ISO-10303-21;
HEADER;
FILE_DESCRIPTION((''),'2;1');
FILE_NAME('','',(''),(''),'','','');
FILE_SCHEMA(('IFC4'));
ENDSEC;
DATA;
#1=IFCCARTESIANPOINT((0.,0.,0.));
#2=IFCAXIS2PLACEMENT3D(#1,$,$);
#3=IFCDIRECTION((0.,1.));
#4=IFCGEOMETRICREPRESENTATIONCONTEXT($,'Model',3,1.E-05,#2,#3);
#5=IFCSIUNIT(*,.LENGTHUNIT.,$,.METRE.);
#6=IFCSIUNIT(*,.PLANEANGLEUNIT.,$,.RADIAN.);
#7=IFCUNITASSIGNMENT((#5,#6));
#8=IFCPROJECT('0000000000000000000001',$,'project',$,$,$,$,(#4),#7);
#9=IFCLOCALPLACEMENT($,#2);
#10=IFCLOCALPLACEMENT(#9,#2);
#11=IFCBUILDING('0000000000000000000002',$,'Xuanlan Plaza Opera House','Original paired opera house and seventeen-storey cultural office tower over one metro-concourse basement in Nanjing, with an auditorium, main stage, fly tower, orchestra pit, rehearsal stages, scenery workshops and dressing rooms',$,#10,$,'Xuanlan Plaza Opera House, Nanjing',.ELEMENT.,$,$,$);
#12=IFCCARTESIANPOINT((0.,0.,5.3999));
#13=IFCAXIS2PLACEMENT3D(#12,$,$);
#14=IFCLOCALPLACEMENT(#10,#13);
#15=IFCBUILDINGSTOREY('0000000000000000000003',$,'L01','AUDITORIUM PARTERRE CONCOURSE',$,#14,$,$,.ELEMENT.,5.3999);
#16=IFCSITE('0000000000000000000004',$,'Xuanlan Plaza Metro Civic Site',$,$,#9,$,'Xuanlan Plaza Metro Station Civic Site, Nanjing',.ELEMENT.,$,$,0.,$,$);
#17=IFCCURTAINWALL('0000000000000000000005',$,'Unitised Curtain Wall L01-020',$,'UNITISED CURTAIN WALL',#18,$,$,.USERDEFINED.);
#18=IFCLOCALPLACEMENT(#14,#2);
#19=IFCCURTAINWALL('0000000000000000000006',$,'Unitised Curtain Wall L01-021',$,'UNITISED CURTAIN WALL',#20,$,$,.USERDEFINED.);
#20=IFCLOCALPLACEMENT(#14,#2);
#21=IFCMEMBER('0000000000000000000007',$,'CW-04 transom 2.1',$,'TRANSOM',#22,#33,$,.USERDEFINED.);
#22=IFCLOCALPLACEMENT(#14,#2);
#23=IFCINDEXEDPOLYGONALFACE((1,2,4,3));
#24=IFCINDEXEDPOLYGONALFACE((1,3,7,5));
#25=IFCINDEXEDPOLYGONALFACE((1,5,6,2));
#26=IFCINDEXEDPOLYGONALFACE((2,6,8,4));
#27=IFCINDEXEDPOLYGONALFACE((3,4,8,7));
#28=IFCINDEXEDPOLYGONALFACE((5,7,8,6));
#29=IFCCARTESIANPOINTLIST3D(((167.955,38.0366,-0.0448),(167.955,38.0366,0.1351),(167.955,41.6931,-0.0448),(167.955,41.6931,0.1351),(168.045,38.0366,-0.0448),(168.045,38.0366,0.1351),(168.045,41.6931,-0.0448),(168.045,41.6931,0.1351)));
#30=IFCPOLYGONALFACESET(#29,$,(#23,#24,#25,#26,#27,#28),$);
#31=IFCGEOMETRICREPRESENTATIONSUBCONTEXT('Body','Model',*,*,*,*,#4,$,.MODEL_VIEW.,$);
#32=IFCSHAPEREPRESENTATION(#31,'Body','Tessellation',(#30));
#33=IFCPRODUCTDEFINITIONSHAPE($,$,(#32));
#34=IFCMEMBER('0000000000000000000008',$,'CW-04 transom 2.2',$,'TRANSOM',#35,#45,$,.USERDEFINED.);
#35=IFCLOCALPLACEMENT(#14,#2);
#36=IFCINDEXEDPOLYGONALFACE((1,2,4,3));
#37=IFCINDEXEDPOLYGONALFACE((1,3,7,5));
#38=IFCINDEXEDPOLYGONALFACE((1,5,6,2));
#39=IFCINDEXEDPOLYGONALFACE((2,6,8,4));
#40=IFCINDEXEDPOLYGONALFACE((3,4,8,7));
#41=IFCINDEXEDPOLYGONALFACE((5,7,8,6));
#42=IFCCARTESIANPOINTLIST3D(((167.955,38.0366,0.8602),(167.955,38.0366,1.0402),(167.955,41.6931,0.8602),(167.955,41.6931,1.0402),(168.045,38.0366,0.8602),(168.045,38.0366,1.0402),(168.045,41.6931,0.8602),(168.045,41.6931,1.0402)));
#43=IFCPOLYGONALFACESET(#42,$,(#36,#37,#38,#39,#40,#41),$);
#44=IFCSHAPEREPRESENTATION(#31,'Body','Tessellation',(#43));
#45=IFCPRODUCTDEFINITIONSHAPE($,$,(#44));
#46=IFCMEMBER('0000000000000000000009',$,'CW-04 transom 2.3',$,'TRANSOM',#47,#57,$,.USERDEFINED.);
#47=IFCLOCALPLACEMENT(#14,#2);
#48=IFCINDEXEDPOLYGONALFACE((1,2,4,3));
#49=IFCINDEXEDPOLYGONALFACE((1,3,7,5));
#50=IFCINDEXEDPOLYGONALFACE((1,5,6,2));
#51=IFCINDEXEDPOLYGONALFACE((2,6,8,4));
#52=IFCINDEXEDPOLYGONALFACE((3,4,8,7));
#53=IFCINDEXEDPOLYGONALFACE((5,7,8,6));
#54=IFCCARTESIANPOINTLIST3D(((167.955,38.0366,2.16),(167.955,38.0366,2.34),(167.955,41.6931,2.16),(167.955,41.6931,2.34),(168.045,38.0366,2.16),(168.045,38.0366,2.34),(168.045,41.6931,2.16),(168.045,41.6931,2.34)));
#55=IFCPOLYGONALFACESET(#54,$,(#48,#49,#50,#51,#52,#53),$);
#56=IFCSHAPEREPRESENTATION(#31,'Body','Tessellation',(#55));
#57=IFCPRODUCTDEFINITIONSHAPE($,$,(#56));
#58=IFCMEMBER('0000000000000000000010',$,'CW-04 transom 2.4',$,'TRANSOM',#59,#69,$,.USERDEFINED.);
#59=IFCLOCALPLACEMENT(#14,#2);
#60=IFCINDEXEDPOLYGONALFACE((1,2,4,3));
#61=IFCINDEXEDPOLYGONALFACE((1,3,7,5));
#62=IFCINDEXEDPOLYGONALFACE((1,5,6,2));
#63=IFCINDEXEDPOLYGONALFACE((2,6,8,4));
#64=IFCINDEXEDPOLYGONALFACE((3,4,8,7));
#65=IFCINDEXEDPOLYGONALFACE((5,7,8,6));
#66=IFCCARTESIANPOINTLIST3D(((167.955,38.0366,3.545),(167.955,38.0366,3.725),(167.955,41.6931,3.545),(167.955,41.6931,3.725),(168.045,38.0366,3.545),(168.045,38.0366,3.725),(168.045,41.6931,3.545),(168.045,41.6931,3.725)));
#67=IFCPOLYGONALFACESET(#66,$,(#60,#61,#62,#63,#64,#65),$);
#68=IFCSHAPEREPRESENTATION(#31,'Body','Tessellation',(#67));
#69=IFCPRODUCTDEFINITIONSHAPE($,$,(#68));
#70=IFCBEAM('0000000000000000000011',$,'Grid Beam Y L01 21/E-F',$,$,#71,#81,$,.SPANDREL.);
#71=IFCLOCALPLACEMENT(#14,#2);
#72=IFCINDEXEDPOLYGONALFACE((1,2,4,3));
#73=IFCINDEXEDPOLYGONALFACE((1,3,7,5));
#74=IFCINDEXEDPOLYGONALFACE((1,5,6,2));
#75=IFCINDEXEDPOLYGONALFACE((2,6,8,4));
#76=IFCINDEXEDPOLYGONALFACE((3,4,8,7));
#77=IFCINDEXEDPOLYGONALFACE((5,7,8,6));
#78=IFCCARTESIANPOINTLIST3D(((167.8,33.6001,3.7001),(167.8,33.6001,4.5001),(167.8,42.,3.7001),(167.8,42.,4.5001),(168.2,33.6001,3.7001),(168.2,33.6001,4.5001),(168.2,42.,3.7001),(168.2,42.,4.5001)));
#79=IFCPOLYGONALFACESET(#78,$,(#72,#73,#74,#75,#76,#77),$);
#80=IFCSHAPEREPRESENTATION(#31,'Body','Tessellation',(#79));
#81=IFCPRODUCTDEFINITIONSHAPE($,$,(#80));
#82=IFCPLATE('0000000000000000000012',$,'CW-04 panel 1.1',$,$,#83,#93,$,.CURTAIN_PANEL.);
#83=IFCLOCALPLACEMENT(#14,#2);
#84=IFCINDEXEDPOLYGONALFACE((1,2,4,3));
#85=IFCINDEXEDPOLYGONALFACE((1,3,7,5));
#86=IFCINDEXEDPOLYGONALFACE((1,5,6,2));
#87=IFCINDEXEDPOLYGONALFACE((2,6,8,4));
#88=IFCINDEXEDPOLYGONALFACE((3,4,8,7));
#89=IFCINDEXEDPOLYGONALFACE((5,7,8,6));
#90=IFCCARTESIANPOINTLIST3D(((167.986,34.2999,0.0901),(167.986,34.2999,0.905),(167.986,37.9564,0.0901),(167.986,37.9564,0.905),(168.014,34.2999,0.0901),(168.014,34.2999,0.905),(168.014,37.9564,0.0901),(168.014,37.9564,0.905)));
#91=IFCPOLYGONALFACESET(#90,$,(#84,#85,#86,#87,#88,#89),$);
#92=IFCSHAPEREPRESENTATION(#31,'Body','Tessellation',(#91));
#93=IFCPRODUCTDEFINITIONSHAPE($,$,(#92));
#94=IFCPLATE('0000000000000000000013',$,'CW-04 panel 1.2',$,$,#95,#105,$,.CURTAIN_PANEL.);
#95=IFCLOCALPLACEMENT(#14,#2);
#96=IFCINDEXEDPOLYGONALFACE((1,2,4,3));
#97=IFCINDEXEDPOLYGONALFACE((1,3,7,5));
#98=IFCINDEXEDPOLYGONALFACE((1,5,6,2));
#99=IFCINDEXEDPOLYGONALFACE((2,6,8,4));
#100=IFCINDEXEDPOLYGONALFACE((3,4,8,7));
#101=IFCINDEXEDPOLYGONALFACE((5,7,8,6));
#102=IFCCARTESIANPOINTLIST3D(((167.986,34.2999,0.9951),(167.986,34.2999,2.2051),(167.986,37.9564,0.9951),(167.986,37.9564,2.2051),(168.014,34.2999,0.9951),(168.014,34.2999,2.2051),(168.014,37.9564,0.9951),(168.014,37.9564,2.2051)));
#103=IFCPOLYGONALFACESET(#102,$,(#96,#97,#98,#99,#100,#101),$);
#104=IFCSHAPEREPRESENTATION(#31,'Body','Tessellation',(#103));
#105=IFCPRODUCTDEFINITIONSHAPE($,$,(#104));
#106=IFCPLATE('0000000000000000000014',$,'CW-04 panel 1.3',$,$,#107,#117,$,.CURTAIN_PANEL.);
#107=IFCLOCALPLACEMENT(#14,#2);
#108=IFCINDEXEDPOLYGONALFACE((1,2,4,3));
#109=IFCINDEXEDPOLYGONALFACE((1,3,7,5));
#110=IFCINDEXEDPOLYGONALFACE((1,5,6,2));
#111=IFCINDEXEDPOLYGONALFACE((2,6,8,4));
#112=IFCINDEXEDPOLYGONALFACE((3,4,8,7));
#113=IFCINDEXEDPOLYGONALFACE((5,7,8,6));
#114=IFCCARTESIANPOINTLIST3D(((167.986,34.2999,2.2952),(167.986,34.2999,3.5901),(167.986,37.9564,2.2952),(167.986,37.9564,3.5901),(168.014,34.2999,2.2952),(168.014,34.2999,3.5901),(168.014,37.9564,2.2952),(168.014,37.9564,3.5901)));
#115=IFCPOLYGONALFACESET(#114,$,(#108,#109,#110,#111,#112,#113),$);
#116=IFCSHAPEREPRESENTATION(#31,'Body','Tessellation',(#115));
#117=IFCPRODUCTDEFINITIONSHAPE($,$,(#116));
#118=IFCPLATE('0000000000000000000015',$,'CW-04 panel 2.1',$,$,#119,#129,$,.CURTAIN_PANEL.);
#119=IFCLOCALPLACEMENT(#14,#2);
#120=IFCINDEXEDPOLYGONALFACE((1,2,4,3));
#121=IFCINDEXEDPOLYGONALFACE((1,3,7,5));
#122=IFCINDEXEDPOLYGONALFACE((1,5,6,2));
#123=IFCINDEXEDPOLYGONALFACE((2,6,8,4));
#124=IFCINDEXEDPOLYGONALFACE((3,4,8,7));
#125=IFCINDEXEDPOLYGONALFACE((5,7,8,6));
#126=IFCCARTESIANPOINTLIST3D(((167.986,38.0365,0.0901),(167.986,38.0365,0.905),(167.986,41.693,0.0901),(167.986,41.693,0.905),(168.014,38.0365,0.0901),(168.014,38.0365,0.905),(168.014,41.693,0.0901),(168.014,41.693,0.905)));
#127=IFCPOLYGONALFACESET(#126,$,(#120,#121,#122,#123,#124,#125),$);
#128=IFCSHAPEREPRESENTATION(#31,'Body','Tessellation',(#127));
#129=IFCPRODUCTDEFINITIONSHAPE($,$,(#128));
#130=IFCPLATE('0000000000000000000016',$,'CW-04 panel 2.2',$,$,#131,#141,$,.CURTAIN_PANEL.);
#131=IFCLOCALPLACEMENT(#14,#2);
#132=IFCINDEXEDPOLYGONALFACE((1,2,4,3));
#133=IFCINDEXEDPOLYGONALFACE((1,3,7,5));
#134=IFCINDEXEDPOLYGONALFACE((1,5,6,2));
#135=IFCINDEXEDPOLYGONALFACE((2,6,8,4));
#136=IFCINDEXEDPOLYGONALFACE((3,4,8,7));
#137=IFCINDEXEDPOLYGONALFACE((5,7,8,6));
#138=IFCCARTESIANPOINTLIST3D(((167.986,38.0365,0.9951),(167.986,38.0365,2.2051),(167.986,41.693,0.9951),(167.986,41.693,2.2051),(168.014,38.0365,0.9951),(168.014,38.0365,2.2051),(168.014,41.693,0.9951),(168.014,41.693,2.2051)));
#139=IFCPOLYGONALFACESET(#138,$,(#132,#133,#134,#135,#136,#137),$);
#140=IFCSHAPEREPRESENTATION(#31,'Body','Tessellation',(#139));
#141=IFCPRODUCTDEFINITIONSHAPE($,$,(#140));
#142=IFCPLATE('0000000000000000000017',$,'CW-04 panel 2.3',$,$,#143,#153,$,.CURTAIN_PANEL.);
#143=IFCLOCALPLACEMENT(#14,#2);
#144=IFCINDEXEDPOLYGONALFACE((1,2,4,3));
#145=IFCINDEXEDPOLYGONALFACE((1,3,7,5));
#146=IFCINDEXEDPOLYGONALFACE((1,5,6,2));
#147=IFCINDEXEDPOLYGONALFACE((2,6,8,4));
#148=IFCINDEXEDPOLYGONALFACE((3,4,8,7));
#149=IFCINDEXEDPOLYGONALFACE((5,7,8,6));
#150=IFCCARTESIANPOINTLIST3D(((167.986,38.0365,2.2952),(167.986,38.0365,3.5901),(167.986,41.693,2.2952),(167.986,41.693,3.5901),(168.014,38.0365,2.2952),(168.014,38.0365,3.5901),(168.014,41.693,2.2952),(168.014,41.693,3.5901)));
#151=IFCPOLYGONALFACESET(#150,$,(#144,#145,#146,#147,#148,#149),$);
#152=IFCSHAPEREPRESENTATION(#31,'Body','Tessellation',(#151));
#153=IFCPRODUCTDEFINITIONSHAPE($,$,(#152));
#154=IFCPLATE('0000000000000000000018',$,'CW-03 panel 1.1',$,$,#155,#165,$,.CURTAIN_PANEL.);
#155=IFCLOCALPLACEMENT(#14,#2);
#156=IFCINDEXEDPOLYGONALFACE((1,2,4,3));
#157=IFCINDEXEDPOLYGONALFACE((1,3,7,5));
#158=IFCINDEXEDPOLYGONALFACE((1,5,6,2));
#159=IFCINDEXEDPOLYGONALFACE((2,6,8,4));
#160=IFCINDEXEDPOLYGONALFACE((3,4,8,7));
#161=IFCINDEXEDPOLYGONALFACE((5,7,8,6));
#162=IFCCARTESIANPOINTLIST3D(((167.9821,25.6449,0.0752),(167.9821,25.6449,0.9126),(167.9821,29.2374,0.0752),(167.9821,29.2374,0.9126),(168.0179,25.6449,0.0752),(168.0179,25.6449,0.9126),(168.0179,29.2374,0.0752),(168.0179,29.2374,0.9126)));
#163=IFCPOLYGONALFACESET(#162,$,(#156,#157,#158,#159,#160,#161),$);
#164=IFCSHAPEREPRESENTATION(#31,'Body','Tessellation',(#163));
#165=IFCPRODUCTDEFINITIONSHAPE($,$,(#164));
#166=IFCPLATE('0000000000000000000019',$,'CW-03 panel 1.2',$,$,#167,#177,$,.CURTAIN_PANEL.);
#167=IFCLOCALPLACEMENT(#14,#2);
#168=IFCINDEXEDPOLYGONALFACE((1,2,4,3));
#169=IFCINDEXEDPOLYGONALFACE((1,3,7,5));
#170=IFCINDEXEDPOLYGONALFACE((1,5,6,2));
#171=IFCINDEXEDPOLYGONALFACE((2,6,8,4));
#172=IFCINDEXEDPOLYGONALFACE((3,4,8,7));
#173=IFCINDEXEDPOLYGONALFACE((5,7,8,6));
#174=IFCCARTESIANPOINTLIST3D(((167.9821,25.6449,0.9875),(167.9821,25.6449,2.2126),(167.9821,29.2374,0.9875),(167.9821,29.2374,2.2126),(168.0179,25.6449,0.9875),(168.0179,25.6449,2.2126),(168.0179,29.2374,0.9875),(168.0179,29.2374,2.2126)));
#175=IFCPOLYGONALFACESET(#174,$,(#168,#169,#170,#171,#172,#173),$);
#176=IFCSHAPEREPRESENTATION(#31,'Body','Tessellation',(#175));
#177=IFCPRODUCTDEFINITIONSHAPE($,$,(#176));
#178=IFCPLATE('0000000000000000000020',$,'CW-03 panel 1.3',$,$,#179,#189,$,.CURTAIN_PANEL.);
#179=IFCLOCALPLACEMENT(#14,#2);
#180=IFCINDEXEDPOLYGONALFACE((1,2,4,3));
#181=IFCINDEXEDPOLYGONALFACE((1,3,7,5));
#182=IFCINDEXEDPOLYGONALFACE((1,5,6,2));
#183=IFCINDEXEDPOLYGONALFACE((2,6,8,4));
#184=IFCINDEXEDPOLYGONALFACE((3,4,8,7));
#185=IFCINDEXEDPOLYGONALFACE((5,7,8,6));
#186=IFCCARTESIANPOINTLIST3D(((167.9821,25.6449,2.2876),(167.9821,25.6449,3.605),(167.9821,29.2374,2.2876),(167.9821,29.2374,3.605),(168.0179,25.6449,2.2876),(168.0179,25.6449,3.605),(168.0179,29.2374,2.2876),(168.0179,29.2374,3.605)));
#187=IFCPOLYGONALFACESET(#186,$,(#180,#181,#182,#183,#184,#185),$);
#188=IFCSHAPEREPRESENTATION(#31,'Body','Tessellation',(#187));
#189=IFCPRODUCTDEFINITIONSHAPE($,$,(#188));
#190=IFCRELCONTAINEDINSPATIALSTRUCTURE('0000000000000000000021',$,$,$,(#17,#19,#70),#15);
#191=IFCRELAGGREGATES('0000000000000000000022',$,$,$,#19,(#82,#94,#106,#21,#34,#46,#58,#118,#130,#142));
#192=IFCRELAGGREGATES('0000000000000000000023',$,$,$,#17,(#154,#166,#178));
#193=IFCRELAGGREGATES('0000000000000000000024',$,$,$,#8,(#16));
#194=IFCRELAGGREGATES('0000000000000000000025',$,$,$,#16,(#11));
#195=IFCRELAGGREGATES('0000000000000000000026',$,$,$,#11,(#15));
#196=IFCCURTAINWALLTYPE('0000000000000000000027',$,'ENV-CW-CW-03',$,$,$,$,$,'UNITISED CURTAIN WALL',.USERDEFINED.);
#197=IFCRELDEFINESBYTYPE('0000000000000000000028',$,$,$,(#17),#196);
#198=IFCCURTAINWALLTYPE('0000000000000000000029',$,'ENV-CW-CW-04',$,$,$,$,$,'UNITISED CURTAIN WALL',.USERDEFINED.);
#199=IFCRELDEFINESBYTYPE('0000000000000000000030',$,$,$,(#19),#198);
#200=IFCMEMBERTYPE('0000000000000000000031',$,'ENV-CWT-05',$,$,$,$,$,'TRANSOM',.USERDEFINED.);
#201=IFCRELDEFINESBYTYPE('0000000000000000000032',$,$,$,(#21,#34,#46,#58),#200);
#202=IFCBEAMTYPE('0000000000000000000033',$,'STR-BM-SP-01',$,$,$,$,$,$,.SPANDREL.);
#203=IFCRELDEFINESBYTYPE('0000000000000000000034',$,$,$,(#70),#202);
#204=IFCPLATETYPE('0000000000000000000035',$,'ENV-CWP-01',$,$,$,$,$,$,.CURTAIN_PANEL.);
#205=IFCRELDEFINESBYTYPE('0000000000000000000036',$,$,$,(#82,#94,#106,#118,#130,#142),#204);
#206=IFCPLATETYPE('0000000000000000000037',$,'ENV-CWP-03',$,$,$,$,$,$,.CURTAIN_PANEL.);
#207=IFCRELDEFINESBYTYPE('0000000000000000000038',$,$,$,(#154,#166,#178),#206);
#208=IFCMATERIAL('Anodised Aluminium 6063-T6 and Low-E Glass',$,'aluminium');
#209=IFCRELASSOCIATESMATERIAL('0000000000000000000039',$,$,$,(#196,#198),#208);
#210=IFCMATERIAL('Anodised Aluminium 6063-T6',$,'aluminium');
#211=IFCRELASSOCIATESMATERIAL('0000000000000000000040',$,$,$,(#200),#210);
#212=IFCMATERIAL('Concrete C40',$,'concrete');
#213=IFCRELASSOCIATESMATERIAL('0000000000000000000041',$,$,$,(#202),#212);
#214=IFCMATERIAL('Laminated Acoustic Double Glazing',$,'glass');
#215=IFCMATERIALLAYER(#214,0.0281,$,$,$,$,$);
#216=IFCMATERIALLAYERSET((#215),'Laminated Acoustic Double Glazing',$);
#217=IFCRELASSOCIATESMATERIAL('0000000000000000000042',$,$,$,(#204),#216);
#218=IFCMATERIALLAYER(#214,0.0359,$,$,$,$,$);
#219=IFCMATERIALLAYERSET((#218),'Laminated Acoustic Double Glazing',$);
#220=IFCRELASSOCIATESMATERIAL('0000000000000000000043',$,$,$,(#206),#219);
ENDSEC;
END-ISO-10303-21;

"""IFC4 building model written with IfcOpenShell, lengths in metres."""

from ifc_helpers import new_model, si_unit, direction, frame, origin, origin_2d, place, context, subcontext, project, spatial, rectangle, extrude, material, layer, layer_set, material_profile, profile_set, type_object, element, aggregate, save


model = new_model("IFC4")

# Units and contexts
model_context = context("Model", 3, precision=1e-05, world=origin(), true_north=direction((0.0, 1.0)))
body_context = subcontext(model_context, "Body", "Model", "MODEL_VIEW")
ifc_project = project(units=[si_unit("LENGTHUNIT", "METRE"), si_unit("PLANEANGLEUNIT", "RADIAN")], contexts=[model_context])

# Site, building, storey
site_placement = place(None, origin())
site = spatial("IfcSite", under=ifc_project, at=site_placement, Name="Xuanlan Plaza Metro Civic Site", LongName="Xuanlan Plaza Metro Station Civic Site, Nanjing", CompositionType="ELEMENT", RefElevation=0.0)
building_placement = place(site_placement, origin())
building = spatial("IfcBuilding", under=site, at=building_placement, Name="Xuanlan Plaza Opera House", Description="Original paired opera house and seventeen-storey cultural office tower over one metro-concourse basement in Nanjing, with an auditorium, main stage, fly tower, orchestra pit, rehearsal stages, scenery workshops and dressing rooms", LongName="Xuanlan Plaza Opera House, Nanjing", CompositionType="ELEMENT")
storey_placement = place(building_placement, frame((0.0, 0.0, 5.3999)))
storey = spatial("IfcBuildingStorey", under=building, at=storey_placement, Name="L01", Description="AUDITORIUM PARTERRE CONCOURSE", CompositionType="ELEMENT", Elevation=5.3999)

# Curtain walls
ifc_material_1 = material(Name="Anodised Aluminium 6063-T6 and Low-E Glass", Category="aluminium")
curtain_wall_type_1 = type_object("IfcCurtainWallType", Name="ENV-CW-CW-03", ElementType="UNITISED CURTAIN WALL", PredefinedType="USERDEFINED", material=ifc_material_1)
curtain_wall_1_placement = place(storey_placement, origin())
curtain_wall_1 = element("IfcCurtainWall", 1, at=curtain_wall_1_placement, inside=storey, type_object=curtain_wall_type_1, Name="Unitised Curtain Wall L01-020", ObjectType="UNITISED CURTAIN WALL", PredefinedType="USERDEFINED")
ifc_material_2 = material(Name="Anodised Aluminium 6063-T6", Category="aluminium")
curtain_wall_type_2 = type_object("IfcCurtainWallType", Name="ENV-CW-CW-04", ElementType="UNITISED CURTAIN WALL", PredefinedType="USERDEFINED", material=ifc_material_1)
curtain_wall_2_placement = place(storey_placement, origin())
curtain_wall_2 = element("IfcCurtainWall", 2, at=curtain_wall_2_placement, inside=storey, type_object=curtain_wall_type_2, Name="Unitised Curtain Wall L01-021", ObjectType="UNITISED CURTAIN WALL", PredefinedType="USERDEFINED")

# Members
ifc_material_profile_1 = material_profile(ifc_material_2, rectangle(XDim=0.0901, YDim=0.1799, at=origin_2d()), Name="ALU-T 90x180")
ifc_profile_set_1 = profile_set([ifc_material_profile_1], Name="Anodised Aluminium 6063-T6")
member_type_1 = type_object("IfcMemberType", Name="ENV-CWT-05", ElementType="TRANSOM", PredefinedType="USERDEFINED", material=ifc_profile_set_1)
member_1_placement = place(storey_placement, frame((168.0, 38.0366, 0.0452), z_axis=(0.0, 1.0, 0.0), x_axis=(-1.0, 0.0, 0.0)))
member_1 = element("IfcMember", 3, at=member_1_placement, type_object=member_type_1, Name="CW-04 transom 2.1", ObjectType="TRANSOM", PredefinedType="USERDEFINED", context=body_context, shape_type="SweptSolid", body=[
    extrude(rectangle(XDim=0.0901, YDim=0.1799, at=origin_2d()), origin(), (0.0, 0.0, 1.0), 3.6565),
])
member_2_placement = place(storey_placement, frame((168.0, 38.0366, 0.9502), z_axis=(0.0, 1.0, 0.0), x_axis=(-1.0, 0.0, 0.0)))
member_2 = element("IfcMember", 4, at=member_2_placement, type_object=member_type_1, Name="CW-04 transom 2.2", ObjectType="TRANSOM", PredefinedType="USERDEFINED", context=body_context, shape_type="SweptSolid", body=[
    extrude(rectangle(XDim=0.0901, YDim=0.1799, at=origin_2d()), origin(), (0.0, 0.0, 1.0), 3.6565),
])
member_3_placement = place(storey_placement, frame((168.0, 38.0366, 2.25), z_axis=(0.0, 1.0, 0.0), x_axis=(-1.0, 0.0, 0.0)))
member_3 = element("IfcMember", 5, at=member_3_placement, type_object=member_type_1, Name="CW-04 transom 2.3", ObjectType="TRANSOM", PredefinedType="USERDEFINED", context=body_context, shape_type="SweptSolid", body=[
    extrude(rectangle(XDim=0.0901, YDim=0.1799, at=origin_2d()), origin(), (0.0, 0.0, 1.0), 3.6565),
])
member_4_placement = place(storey_placement, frame((168.0, 38.0366, 3.635), z_axis=(0.0, 1.0, 0.0), x_axis=(-1.0, 0.0, 0.0)))
member_4 = element("IfcMember", 6, at=member_4_placement, type_object=member_type_1, Name="CW-04 transom 2.4", ObjectType="TRANSOM", PredefinedType="USERDEFINED", context=body_context, shape_type="SweptSolid", body=[
    extrude(rectangle(XDim=0.0901, YDim=0.1799, at=origin_2d()), origin(), (0.0, 0.0, 1.0), 3.6565),
])

# Beam
ifc_material_3 = material(Name="Concrete C40", Category="concrete")
ifc_material_profile_2 = material_profile(ifc_material_3, rectangle(XDim=0.3999, YDim=0.8, at=origin_2d()), Name="RC-SPD 400x800")
ifc_profile_set_2 = profile_set([ifc_material_profile_2], Name="Concrete C40")
beam_type = type_object("IfcBeamType", Name="STR-BM-SP-01", PredefinedType="SPANDREL", material=ifc_profile_set_2)
beam_placement = place(storey_placement, frame((168.0, 33.6001, 4.1001), z_axis=(0.0, 1.0, 0.0), x_axis=(-1.0, 0.0, 0.0)))
element("IfcBeam", 7, at=beam_placement, inside=storey, type_object=beam_type, Name="Grid Beam Y L01 21/E-F", PredefinedType="SPANDREL", context=body_context, shape_type="SweptSolid", body=[
    extrude(rectangle(XDim=0.3999, YDim=0.8, at=origin_2d()), origin(), (0.0, 0.0, 1.0), 8.3999),
])

# Plates
ifc_material_4 = material(Name="Laminated Acoustic Double Glazing", Category="glass")
ifc_layer_1 = layer(ifc_material_4, 0.0281)
ifc_layer_set_1 = layer_set([ifc_layer_1], Name="Laminated Acoustic Double Glazing")
plate_type_1 = type_object("IfcPlateType", Name="ENV-CWP-01", PredefinedType="CURTAIN_PANEL", material=ifc_layer_set_1)
plate_1_placement = place(storey_placement, frame((168.0, 36.1282, 0.0901), z_axis=(0.0, 0.0, 1.0), x_axis=(0.0, 1.0, 0.0)))
plate_1 = element("IfcPlate", 8, at=plate_1_placement, type_object=plate_type_1, Name="CW-04 panel 1.1", PredefinedType="CURTAIN_PANEL", context=body_context, shape_type="SweptSolid", body=[
    extrude(rectangle(XDim=3.6565, YDim=0.0281, at=origin_2d()), origin(), (0.0, 0.0, 1.0), 0.8149),
])
plate_2_placement = place(storey_placement, frame((168.0, 36.1282, 0.9951), z_axis=(0.0, 0.0, 1.0), x_axis=(0.0, 1.0, 0.0)))
plate_2 = element("IfcPlate", 9, at=plate_2_placement, type_object=plate_type_1, Name="CW-04 panel 1.2", PredefinedType="CURTAIN_PANEL", context=body_context, shape_type="SweptSolid", body=[
    extrude(rectangle(XDim=3.6565, YDim=0.0281, at=origin_2d()), origin(), (0.0, 0.0, 1.0), 1.21),
])
plate_3_placement = place(storey_placement, frame((168.0, 36.1282, 2.2952), z_axis=(0.0, 0.0, 1.0), x_axis=(0.0, 1.0, 0.0)))
plate_3 = element("IfcPlate", 10, at=plate_3_placement, type_object=plate_type_1, Name="CW-04 panel 1.3", PredefinedType="CURTAIN_PANEL", context=body_context, shape_type="SweptSolid", body=[
    extrude(rectangle(XDim=3.6565, YDim=0.0281, at=origin_2d()), origin(), (0.0, 0.0, 1.0), 1.2949),
])
plate_4_placement = place(storey_placement, frame((168.0, 39.8647, 0.0901), z_axis=(0.0, 0.0, 1.0), x_axis=(0.0, 1.0, 0.0)))
plate_4 = element("IfcPlate", 11, at=plate_4_placement, type_object=plate_type_1, Name="CW-04 panel 2.1", PredefinedType="CURTAIN_PANEL", context=body_context, shape_type="SweptSolid", body=[
    extrude(rectangle(XDim=3.6565, YDim=0.0281, at=origin_2d()), origin(), (0.0, 0.0, 1.0), 0.8149),
])
plate_5_placement = place(storey_placement, frame((168.0, 39.8647, 0.9951), z_axis=(0.0, 0.0, 1.0), x_axis=(0.0, 1.0, 0.0)))
plate_5 = element("IfcPlate", 12, at=plate_5_placement, type_object=plate_type_1, Name="CW-04 panel 2.2", PredefinedType="CURTAIN_PANEL", context=body_context, shape_type="SweptSolid", body=[
    extrude(rectangle(XDim=3.6565, YDim=0.0281, at=origin_2d()), origin(), (0.0, 0.0, 1.0), 1.21),
])
plate_6_placement = place(storey_placement, frame((168.0, 39.8647, 2.2952), z_axis=(0.0, 0.0, 1.0), x_axis=(0.0, 1.0, 0.0)))
plate_6 = element("IfcPlate", 13, at=plate_6_placement, type_object=plate_type_1, Name="CW-04 panel 2.3", PredefinedType="CURTAIN_PANEL", context=body_context, shape_type="SweptSolid", body=[
    extrude(rectangle(XDim=3.6565, YDim=0.0281, at=origin_2d()), origin(), (0.0, 0.0, 1.0), 1.2949),
])
aggregate(curtain_wall_2, [plate_1, plate_2, plate_3, member_1, member_2, member_3, member_4, plate_4, plate_5, plate_6])
ifc_layer_2 = layer(ifc_material_4, 0.0359)
ifc_layer_set_2 = layer_set([ifc_layer_2], Name="Laminated Acoustic Double Glazing")
plate_type_2 = type_object("IfcPlateType", Name="ENV-CWP-03", PredefinedType="CURTAIN_PANEL", material=ifc_layer_set_2)
plate_7_placement = place(storey_placement, frame((168.0, 27.4412, 0.0752), z_axis=(0.0, 0.0, 1.0), x_axis=(0.0, 1.0, 0.0)))
plate_7 = element("IfcPlate", 14, at=plate_7_placement, type_object=plate_type_2, Name="CW-03 panel 1.1", PredefinedType="CURTAIN_PANEL", context=body_context, shape_type="SweptSolid", body=[
    extrude(rectangle(XDim=3.5925, YDim=0.0359, at=origin_2d()), origin(), (0.0, 0.0, 1.0), 0.8374),
])
plate_8_placement = place(storey_placement, frame((168.0, 27.4412, 0.9875), z_axis=(0.0, 0.0, 1.0), x_axis=(0.0, 1.0, 0.0)))
plate_8 = element("IfcPlate", 15, at=plate_8_placement, type_object=plate_type_2, Name="CW-03 panel 1.2", PredefinedType="CURTAIN_PANEL", context=body_context, shape_type="SweptSolid", body=[
    extrude(rectangle(XDim=3.5925, YDim=0.0359, at=origin_2d()), origin(), (0.0, 0.0, 1.0), 1.2251),
])
plate_9_placement = place(storey_placement, frame((168.0, 27.4412, 2.2876), z_axis=(0.0, 0.0, 1.0), x_axis=(0.0, 1.0, 0.0)))
plate_9 = element("IfcPlate", 16, at=plate_9_placement, type_object=plate_type_2, Name="CW-03 panel 1.3", PredefinedType="CURTAIN_PANEL", context=body_context, shape_type="SweptSolid", body=[
    extrude(rectangle(XDim=3.5925, YDim=0.0359, at=origin_2d()), origin(), (0.0, 0.0, 1.0), 1.3174),
])
aggregate(curtain_wall_1, [plate_7, plate_8, plate_9])

save(model, "model.ifc")
